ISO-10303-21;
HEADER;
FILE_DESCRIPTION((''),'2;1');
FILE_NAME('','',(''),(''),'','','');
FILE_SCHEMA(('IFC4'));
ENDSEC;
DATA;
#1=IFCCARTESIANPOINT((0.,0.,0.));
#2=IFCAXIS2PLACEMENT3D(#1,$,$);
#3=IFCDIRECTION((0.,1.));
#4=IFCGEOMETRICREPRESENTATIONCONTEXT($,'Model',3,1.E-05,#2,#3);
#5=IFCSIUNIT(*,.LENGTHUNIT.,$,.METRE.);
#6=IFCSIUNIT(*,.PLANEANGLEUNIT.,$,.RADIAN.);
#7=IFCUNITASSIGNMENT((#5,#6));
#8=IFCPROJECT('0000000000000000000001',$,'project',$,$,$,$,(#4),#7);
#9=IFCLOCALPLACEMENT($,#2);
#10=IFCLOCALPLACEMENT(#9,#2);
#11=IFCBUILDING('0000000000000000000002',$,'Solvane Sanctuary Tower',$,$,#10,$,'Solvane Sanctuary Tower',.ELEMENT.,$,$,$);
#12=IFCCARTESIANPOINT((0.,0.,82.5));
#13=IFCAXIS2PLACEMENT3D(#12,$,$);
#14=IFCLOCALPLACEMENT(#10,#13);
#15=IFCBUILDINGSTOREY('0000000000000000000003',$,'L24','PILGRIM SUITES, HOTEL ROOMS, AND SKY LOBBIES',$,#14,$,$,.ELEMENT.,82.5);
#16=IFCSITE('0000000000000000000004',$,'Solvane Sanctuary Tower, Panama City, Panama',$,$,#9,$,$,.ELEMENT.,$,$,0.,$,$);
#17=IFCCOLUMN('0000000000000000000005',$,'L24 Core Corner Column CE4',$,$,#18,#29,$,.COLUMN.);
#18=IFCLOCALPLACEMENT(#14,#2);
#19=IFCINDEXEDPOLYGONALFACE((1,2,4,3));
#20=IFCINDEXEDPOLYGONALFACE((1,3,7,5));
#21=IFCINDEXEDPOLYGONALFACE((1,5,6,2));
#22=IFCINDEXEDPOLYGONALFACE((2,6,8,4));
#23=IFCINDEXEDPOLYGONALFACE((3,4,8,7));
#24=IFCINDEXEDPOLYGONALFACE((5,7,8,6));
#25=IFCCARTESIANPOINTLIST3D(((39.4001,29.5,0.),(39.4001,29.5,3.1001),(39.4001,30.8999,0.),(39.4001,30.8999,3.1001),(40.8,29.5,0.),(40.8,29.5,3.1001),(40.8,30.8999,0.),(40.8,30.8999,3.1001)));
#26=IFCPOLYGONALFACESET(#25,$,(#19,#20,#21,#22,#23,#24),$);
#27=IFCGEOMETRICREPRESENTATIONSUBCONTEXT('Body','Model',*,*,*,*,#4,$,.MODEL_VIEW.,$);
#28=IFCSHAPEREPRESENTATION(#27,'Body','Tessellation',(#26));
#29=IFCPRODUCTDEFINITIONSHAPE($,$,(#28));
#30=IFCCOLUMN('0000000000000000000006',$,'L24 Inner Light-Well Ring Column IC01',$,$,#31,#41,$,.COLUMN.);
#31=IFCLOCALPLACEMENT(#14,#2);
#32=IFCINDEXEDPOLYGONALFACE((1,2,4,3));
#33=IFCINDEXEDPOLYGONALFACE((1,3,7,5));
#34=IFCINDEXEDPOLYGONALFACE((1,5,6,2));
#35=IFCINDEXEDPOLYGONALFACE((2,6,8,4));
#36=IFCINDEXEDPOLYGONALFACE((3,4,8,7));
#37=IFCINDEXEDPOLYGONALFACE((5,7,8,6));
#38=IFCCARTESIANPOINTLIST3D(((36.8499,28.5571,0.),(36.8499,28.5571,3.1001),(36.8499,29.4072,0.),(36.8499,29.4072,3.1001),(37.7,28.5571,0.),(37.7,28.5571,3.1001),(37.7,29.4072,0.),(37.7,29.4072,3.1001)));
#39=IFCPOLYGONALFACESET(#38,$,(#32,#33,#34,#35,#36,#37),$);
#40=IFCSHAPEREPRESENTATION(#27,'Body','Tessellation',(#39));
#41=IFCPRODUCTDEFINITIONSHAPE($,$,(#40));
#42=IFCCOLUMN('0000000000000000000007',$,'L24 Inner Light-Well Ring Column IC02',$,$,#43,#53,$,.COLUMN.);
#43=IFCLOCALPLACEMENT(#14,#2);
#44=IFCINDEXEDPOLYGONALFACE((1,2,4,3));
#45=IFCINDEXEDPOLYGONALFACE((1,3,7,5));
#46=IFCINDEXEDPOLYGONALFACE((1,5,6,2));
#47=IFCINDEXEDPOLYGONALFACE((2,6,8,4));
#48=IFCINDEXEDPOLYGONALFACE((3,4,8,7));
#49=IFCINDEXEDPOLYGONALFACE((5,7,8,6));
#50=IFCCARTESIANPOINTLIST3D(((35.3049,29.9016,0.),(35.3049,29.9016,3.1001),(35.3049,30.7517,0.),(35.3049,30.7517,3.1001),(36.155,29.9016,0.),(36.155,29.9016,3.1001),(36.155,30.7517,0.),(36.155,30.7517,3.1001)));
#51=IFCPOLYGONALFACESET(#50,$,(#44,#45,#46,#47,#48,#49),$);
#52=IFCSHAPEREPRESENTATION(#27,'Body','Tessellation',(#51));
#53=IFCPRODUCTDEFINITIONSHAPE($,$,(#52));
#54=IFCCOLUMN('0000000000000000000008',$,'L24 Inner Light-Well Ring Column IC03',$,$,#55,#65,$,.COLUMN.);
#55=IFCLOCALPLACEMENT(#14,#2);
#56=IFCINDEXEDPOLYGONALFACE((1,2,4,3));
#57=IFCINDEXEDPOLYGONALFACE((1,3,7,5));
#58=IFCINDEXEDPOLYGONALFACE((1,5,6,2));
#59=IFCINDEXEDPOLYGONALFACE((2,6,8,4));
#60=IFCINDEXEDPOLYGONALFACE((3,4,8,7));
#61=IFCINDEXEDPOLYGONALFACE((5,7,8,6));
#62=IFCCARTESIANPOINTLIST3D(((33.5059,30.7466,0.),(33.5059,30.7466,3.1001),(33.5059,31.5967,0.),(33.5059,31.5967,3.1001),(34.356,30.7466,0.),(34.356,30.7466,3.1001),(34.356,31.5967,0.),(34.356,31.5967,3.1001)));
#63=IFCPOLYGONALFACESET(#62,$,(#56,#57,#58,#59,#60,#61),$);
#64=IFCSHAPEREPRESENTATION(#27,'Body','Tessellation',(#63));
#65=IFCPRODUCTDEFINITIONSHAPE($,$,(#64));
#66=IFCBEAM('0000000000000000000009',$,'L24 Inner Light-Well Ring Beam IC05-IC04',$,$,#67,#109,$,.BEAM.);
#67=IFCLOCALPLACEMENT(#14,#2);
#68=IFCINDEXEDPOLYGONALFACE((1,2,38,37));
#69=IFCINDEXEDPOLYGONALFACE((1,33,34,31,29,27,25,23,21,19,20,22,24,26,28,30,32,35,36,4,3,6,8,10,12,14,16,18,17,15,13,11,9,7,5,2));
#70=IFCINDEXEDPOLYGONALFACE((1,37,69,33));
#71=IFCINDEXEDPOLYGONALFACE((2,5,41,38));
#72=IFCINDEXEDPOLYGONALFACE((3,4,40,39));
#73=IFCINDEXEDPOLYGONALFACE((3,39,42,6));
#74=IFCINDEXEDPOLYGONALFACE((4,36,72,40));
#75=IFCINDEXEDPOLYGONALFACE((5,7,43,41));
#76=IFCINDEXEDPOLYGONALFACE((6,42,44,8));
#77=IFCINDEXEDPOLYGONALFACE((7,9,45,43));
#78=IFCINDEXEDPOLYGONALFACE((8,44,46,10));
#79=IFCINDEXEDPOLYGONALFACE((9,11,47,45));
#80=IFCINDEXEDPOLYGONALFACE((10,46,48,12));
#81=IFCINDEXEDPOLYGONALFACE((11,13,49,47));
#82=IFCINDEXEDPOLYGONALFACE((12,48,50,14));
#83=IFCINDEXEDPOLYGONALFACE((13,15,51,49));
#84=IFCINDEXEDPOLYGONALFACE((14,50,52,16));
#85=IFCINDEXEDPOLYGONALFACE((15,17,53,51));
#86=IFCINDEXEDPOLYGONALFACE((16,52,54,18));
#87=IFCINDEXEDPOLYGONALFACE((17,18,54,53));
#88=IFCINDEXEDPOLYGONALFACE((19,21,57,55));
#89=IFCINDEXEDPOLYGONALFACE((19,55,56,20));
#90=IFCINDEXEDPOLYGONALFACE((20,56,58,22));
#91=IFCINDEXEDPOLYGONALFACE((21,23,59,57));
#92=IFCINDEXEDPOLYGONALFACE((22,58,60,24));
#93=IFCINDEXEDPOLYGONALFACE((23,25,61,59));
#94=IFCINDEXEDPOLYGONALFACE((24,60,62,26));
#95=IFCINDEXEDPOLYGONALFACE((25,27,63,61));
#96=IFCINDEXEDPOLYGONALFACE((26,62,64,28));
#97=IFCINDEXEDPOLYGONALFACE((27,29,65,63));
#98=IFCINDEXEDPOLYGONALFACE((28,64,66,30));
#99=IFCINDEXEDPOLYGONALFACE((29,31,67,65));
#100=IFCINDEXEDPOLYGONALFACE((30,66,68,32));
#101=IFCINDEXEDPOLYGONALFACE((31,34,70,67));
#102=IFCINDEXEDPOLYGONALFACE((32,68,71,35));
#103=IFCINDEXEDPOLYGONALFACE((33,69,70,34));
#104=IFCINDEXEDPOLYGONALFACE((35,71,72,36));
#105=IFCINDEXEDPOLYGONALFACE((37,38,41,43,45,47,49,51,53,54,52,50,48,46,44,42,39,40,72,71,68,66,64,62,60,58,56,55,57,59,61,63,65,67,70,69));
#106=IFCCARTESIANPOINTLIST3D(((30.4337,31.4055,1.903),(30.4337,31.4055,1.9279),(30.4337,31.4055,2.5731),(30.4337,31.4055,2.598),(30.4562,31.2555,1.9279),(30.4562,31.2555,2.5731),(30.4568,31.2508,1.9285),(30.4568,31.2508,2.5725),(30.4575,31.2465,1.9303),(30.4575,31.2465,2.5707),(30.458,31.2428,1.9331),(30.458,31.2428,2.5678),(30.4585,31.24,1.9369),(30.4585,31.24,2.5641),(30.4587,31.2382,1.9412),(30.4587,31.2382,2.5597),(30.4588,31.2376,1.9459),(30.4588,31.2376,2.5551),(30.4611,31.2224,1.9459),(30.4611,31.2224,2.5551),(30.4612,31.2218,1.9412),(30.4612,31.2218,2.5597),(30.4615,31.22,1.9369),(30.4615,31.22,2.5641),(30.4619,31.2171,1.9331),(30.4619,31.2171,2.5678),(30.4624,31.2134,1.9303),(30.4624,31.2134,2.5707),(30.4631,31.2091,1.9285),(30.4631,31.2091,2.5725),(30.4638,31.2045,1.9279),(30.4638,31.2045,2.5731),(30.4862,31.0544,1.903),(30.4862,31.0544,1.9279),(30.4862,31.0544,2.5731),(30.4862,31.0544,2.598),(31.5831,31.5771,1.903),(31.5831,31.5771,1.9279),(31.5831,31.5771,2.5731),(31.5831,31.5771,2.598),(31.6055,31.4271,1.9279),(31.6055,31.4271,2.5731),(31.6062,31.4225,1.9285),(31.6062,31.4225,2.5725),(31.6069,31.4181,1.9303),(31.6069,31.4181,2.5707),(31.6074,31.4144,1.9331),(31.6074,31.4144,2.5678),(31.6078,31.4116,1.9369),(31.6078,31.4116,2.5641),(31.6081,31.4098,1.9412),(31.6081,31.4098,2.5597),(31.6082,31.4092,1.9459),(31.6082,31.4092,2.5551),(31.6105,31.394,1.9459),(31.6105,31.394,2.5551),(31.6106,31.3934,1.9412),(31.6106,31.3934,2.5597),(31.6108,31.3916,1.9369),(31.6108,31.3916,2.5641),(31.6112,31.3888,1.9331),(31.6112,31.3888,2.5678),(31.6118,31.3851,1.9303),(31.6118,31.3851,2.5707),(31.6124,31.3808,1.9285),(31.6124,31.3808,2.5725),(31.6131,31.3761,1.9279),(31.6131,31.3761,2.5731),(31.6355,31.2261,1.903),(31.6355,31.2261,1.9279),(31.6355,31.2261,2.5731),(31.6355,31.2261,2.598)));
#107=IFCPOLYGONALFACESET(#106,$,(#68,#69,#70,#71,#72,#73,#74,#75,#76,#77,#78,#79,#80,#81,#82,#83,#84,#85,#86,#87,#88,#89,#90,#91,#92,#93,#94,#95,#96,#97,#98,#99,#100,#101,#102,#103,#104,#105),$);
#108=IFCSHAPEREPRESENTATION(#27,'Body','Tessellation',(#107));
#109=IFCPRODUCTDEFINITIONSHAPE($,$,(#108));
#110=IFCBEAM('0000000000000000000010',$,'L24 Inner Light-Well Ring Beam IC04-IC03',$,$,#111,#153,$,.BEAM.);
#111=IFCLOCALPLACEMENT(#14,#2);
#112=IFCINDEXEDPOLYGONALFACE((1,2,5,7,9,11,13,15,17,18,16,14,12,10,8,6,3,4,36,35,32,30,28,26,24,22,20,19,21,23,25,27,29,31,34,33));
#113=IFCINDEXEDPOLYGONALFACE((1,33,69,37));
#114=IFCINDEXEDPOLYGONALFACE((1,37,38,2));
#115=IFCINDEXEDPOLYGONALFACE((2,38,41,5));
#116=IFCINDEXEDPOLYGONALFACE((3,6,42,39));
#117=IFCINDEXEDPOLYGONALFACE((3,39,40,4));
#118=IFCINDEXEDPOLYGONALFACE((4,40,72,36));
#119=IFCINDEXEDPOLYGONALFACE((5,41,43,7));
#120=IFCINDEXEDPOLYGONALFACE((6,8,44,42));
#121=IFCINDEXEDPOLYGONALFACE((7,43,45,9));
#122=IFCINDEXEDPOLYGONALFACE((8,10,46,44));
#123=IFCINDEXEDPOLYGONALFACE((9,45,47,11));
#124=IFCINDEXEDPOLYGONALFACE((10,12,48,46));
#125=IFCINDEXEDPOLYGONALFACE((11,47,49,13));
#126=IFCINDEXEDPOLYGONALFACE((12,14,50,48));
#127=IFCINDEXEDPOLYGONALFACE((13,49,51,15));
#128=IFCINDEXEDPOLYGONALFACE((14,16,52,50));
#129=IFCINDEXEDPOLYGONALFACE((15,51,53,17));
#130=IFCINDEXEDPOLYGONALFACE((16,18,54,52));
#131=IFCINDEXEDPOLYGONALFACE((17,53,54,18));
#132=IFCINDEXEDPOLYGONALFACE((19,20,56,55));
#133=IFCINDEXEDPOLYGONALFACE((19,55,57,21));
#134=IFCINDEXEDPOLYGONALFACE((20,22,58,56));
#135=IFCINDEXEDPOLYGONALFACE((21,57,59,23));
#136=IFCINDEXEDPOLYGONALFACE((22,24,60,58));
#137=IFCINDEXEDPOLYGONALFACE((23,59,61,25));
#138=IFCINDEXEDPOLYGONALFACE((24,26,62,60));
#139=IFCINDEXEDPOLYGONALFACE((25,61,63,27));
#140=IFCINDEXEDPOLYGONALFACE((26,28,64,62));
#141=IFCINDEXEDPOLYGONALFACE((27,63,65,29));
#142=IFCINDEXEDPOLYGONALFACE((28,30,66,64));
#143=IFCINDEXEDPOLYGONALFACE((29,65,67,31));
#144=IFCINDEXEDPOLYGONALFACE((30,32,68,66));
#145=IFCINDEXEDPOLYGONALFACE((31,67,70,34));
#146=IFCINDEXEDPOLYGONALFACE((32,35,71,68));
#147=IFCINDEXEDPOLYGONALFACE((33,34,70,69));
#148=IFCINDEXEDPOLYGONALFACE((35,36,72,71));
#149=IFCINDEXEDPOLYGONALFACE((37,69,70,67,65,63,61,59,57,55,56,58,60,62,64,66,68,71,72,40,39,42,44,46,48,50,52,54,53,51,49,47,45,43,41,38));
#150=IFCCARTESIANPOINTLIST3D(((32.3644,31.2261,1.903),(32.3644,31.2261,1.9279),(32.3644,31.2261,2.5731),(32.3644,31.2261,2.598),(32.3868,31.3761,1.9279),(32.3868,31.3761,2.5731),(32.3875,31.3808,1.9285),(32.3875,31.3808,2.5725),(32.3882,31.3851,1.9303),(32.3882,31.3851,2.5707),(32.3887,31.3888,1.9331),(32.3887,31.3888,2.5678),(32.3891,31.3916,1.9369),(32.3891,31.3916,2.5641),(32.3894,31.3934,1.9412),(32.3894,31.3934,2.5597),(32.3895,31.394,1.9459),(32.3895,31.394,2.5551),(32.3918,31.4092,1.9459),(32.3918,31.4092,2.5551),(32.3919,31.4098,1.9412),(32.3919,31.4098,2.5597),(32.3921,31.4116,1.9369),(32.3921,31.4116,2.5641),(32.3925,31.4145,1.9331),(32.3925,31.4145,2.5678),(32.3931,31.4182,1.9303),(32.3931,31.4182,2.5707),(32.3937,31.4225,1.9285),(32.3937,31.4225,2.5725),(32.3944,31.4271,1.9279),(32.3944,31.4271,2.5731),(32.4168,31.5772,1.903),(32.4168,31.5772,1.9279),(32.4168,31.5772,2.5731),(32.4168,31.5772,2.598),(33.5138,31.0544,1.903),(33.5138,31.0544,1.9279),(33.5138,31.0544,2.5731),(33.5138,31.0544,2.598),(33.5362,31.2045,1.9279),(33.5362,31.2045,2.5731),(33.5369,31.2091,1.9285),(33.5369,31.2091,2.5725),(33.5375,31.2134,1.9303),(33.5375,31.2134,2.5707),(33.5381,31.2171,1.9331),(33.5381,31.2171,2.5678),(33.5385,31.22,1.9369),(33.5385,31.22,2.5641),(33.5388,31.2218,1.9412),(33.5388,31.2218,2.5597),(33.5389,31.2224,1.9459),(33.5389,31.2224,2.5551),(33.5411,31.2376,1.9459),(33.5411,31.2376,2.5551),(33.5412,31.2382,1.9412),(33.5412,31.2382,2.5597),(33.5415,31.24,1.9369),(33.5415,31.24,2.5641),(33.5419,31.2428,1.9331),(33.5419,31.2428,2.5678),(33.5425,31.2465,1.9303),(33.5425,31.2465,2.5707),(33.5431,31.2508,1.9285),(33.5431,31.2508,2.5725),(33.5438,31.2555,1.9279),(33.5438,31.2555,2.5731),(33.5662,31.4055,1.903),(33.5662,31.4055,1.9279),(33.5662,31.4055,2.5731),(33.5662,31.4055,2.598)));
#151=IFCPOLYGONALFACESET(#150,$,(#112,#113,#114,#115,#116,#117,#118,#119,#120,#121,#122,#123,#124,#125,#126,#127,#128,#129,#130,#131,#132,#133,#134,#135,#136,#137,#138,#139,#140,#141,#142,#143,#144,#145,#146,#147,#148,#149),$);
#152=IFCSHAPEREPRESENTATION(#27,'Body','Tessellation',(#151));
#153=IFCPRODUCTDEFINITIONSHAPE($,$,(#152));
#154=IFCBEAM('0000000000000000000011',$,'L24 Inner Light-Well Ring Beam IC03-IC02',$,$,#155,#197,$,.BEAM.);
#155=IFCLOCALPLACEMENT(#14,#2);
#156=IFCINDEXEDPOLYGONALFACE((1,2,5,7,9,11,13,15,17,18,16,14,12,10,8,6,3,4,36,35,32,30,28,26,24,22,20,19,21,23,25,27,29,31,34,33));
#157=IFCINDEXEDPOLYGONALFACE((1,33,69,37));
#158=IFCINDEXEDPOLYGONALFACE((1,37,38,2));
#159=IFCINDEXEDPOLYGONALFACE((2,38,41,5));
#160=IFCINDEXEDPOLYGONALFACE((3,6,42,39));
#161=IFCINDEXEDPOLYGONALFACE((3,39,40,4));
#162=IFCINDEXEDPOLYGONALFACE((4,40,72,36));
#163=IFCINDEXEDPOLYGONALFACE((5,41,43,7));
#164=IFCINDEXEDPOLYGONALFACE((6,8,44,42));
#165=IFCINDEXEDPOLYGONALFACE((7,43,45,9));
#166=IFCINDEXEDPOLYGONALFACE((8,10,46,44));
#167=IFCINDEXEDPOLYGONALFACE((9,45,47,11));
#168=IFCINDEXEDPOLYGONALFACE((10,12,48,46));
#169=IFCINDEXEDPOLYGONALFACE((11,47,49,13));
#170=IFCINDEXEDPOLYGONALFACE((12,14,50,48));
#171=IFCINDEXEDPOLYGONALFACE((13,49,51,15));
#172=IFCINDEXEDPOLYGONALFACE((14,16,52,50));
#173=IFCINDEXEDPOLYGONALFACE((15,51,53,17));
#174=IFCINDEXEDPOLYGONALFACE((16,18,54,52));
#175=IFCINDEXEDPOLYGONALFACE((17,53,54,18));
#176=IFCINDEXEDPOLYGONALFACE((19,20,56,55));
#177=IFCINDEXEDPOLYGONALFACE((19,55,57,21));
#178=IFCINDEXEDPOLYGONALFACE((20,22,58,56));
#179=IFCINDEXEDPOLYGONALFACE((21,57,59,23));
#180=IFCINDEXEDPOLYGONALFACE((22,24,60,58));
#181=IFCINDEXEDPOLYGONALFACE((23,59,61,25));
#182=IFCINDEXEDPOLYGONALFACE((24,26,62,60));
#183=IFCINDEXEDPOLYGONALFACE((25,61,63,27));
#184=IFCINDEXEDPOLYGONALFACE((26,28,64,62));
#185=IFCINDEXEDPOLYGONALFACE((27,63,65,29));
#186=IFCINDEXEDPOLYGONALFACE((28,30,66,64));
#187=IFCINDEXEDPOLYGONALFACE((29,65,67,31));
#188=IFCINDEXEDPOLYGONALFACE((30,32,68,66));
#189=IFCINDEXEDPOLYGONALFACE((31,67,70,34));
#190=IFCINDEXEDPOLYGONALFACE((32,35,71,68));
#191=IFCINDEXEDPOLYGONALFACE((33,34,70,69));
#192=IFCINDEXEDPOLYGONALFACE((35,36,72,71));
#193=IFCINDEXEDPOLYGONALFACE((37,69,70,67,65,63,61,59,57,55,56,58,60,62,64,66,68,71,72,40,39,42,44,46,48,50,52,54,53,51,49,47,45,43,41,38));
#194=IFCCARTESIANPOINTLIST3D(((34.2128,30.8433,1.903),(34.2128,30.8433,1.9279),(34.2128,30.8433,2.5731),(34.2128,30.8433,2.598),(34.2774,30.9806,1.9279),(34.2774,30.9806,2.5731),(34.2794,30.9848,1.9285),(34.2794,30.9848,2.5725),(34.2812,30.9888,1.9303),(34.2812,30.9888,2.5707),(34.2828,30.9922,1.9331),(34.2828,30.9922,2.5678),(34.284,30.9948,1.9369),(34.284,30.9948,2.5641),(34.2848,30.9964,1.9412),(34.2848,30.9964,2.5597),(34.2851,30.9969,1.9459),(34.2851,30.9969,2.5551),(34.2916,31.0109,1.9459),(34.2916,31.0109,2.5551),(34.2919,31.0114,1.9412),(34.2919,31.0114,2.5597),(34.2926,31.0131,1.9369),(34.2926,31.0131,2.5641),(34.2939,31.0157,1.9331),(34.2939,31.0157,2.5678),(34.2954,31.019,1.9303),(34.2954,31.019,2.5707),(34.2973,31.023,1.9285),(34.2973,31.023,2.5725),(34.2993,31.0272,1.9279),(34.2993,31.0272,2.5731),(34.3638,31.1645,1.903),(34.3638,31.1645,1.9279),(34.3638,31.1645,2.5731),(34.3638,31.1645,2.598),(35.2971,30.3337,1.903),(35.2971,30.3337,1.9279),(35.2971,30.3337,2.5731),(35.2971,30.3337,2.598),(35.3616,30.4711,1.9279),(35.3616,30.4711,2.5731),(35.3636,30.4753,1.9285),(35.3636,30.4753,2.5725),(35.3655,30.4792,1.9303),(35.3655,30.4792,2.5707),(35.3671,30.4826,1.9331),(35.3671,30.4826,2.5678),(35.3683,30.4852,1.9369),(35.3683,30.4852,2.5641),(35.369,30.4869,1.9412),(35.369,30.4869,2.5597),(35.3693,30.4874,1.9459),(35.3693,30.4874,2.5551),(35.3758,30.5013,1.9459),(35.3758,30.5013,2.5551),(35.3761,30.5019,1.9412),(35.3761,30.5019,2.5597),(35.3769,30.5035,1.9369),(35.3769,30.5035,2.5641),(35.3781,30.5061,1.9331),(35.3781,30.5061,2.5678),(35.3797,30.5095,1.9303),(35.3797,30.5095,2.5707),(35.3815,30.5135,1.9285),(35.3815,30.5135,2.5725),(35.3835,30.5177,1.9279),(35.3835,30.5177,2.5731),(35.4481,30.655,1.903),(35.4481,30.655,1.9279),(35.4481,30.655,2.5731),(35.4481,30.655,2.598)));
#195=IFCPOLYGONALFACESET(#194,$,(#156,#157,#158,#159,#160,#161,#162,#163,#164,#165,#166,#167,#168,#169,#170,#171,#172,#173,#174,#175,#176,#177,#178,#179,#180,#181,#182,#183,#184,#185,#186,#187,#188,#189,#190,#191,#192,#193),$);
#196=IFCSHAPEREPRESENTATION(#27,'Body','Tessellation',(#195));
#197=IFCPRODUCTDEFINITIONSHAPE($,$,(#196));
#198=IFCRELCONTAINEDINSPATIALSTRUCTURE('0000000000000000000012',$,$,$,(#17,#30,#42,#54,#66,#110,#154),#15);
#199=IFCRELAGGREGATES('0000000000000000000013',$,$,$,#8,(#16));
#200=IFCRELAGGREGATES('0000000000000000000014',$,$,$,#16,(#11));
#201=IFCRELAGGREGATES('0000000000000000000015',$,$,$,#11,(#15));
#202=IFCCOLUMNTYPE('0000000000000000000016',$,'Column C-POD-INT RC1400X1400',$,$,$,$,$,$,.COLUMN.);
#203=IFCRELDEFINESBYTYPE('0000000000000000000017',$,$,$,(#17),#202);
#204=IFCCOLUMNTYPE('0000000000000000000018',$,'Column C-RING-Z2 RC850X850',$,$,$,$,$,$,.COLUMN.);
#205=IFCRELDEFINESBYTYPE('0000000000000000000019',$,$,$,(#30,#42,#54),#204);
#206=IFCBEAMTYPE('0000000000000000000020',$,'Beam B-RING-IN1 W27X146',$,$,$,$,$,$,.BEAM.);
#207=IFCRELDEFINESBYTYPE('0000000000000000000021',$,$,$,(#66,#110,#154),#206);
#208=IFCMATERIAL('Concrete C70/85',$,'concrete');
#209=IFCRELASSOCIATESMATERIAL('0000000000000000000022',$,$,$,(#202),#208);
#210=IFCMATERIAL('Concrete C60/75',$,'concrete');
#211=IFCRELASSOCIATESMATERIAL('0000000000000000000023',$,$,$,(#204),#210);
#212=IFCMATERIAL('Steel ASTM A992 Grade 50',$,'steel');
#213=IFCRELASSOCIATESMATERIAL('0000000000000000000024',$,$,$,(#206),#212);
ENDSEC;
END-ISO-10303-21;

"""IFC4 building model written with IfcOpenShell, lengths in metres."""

from ifc_helpers import new_model, si_unit, direction, frame, origin, origin_2d, place, context, subcontext, project, spatial, rectangle, i_section, extrude, material, material_profile, profile_set, type_object, element, save


model = new_model("IFC4")

# Units and contexts
model_context = context("Model", 3, precision=1e-05, world=origin(), true_north=direction((0.0, 1.0)))
body_context = subcontext(model_context, "Body", "Model", "MODEL_VIEW")
ifc_project = project(units=[si_unit("LENGTHUNIT", "METRE"), si_unit("PLANEANGLEUNIT", "RADIAN")], contexts=[model_context])

# Site, building, storey
site_placement = place(None, origin())
site = spatial("IfcSite", under=ifc_project, at=site_placement, Name="Solvane Sanctuary Tower, Panama City, Panama", CompositionType="ELEMENT", RefElevation=0.0)
building_placement = place(site_placement, origin())
building = spatial("IfcBuilding", under=site, at=building_placement, Name="Solvane Sanctuary Tower", LongName="Solvane Sanctuary Tower", CompositionType="ELEMENT")
storey_placement = place(building_placement, frame((0.0, 0.0, 82.5)))
storey = spatial("IfcBuildingStorey", under=building, at=storey_placement, Name="L24", Description="PILGRIM SUITES, HOTEL ROOMS, AND SKY LOBBIES", CompositionType="ELEMENT", Elevation=82.5)

# Columns
ifc_material_1 = material(Name="Concrete C70/85", Category="concrete")
ifc_material_profile_1 = material_profile(ifc_material_1, rectangle(XDim=1.3999, YDim=1.3999, at=origin_2d()), Name="RC1400X1400")
ifc_profile_set_1 = profile_set([ifc_material_profile_1], Name="Concrete C70/85")
column_type_1 = type_object("IfcColumnType", Name="Column C-POD-INT RC1400X1400", PredefinedType="COLUMN", material=ifc_profile_set_1)
column_placement = place(storey_placement, frame((40.1001, 30.2, 0.0), z_axis=(0.0, 0.0, 1.0), x_axis=(1.0, 0.0, 0.0)))
element("IfcColumn", 1, at=column_placement, inside=storey, type_object=column_type_1, Name="L24 Core Corner Column CE4", PredefinedType="COLUMN", context=body_context, shape_type="SweptSolid", body=[
    extrude(rectangle(XDim=1.3999, YDim=1.3999, at=origin_2d()), origin(), (0.0, 0.0, 1.0), 3.1001),
])
ifc_material_2 = material(Name="Concrete C60/75", Category="concrete")
ifc_material_profile_2 = material_profile(ifc_material_2, rectangle(XDim=0.8501, YDim=0.8501, at=origin_2d()), Name="RC850X850")
ifc_profile_set_2 = profile_set([ifc_material_profile_2], Name="Concrete C60/75")
column_type_2 = type_object("IfcColumnType", Name="Column C-RING-Z2 RC850X850", PredefinedType="COLUMN", material=ifc_profile_set_2)
for number, where, z_axis, x_axis, name in (
    (2, (37.2749, 28.9822, 0.0), (0.0, 0.0, 1.0), (1.0, 0.0, 0.0), "L24 Inner Light-Well Ring Column IC01"),
    (3, (35.73, 30.3267, 0.0), (0.0, 0.0, 1.0), (1.0, 0.0, 0.0), "L24 Inner Light-Well Ring Column IC02"),
    (4, (33.9309, 31.1716, 0.0), (0.0, 0.0, 1.0), (1.0, 0.0, 0.0), "L24 Inner Light-Well Ring Column IC03"),
):
    element("IfcColumn", number, at=place(storey_placement, frame(where, z_axis=z_axis, x_axis=x_axis)), inside=storey, type_object=column_type_2, Name=name, PredefinedType="COLUMN", context=body_context, shape_type="SweptSolid", body=[
        extrude(rectangle(XDim=0.8501, YDim=0.8501, at=origin_2d()), origin(), (0.0, 0.0, 1.0), 3.1001),
    ])

# Beams
ifc_material_3 = material(Name="Steel ASTM A992 Grade 50", Category="steel")
ifc_material_profile_3 = material_profile(ifc_material_3, i_section(OverallWidth=0.355, OverallDepth=0.6951, WebThickness=0.0154, FlangeThickness=0.0249, FilletRadius=0.0181, at=origin_2d()), Name="W27X146")
ifc_profile_set_3 = profile_set([ifc_material_profile_3], Name="Steel ASTM A992 Grade 50")
beam_type_1 = type_object("IfcBeamType", Name="Beam B-RING-IN1 W27X146", PredefinedType="BEAM", material=ifc_profile_set_3)
for number, where, z_axis, x_axis, name in (
    (5, (30.46, 31.23, 2.2505), (0.989035, 0.147683, 0.0), (-0.147683, 0.989035, 0.0), "L24 Inner Light-Well Ring Beam IC05-IC04"),
    (6, (32.3906, 31.4016, 2.2505), (0.989035, -0.147683, 0.0), (0.147683, 0.989035, 0.0), "L24 Inner Light-Well Ring Beam IC04-IC03"),
):
    element("IfcBeam", number, at=place(storey_placement, frame(where, z_axis=z_axis, x_axis=x_axis)), inside=storey, type_object=beam_type_1, Name=name, PredefinedType="BEAM", context=body_context, shape_type="SweptSolid", body=[
        extrude(i_section(OverallWidth=0.355, OverallDepth=0.6951, WebThickness=0.0154, FlangeThickness=0.0249, FilletRadius=0.0181, at=origin_2d()), origin(), (0.0, 0.0, 1.0), 1.1621),
    ])
beam_1_placement = place(storey_placement, frame((34.2883, 31.0039, 2.2505), z_axis=(0.905045, -0.425316, 0.0), x_axis=(0.425316, 0.905045, 0.0)))
element("IfcBeam", 7, at=beam_1_placement, inside=storey, type_object=beam_type_1, Name="L24 Inner Light-Well Ring Beam IC03-IC02", PredefinedType="BEAM", context=body_context, shape_type="SweptSolid", body=[
    extrude(i_section(OverallWidth=0.355, OverallDepth=0.6951, WebThickness=0.0154, FlangeThickness=0.0249, FilletRadius=0.0181, at=origin_2d()), origin(), (0.0, 0.0, 1.0), 1.198),
])

save(model, "model.ifc")
